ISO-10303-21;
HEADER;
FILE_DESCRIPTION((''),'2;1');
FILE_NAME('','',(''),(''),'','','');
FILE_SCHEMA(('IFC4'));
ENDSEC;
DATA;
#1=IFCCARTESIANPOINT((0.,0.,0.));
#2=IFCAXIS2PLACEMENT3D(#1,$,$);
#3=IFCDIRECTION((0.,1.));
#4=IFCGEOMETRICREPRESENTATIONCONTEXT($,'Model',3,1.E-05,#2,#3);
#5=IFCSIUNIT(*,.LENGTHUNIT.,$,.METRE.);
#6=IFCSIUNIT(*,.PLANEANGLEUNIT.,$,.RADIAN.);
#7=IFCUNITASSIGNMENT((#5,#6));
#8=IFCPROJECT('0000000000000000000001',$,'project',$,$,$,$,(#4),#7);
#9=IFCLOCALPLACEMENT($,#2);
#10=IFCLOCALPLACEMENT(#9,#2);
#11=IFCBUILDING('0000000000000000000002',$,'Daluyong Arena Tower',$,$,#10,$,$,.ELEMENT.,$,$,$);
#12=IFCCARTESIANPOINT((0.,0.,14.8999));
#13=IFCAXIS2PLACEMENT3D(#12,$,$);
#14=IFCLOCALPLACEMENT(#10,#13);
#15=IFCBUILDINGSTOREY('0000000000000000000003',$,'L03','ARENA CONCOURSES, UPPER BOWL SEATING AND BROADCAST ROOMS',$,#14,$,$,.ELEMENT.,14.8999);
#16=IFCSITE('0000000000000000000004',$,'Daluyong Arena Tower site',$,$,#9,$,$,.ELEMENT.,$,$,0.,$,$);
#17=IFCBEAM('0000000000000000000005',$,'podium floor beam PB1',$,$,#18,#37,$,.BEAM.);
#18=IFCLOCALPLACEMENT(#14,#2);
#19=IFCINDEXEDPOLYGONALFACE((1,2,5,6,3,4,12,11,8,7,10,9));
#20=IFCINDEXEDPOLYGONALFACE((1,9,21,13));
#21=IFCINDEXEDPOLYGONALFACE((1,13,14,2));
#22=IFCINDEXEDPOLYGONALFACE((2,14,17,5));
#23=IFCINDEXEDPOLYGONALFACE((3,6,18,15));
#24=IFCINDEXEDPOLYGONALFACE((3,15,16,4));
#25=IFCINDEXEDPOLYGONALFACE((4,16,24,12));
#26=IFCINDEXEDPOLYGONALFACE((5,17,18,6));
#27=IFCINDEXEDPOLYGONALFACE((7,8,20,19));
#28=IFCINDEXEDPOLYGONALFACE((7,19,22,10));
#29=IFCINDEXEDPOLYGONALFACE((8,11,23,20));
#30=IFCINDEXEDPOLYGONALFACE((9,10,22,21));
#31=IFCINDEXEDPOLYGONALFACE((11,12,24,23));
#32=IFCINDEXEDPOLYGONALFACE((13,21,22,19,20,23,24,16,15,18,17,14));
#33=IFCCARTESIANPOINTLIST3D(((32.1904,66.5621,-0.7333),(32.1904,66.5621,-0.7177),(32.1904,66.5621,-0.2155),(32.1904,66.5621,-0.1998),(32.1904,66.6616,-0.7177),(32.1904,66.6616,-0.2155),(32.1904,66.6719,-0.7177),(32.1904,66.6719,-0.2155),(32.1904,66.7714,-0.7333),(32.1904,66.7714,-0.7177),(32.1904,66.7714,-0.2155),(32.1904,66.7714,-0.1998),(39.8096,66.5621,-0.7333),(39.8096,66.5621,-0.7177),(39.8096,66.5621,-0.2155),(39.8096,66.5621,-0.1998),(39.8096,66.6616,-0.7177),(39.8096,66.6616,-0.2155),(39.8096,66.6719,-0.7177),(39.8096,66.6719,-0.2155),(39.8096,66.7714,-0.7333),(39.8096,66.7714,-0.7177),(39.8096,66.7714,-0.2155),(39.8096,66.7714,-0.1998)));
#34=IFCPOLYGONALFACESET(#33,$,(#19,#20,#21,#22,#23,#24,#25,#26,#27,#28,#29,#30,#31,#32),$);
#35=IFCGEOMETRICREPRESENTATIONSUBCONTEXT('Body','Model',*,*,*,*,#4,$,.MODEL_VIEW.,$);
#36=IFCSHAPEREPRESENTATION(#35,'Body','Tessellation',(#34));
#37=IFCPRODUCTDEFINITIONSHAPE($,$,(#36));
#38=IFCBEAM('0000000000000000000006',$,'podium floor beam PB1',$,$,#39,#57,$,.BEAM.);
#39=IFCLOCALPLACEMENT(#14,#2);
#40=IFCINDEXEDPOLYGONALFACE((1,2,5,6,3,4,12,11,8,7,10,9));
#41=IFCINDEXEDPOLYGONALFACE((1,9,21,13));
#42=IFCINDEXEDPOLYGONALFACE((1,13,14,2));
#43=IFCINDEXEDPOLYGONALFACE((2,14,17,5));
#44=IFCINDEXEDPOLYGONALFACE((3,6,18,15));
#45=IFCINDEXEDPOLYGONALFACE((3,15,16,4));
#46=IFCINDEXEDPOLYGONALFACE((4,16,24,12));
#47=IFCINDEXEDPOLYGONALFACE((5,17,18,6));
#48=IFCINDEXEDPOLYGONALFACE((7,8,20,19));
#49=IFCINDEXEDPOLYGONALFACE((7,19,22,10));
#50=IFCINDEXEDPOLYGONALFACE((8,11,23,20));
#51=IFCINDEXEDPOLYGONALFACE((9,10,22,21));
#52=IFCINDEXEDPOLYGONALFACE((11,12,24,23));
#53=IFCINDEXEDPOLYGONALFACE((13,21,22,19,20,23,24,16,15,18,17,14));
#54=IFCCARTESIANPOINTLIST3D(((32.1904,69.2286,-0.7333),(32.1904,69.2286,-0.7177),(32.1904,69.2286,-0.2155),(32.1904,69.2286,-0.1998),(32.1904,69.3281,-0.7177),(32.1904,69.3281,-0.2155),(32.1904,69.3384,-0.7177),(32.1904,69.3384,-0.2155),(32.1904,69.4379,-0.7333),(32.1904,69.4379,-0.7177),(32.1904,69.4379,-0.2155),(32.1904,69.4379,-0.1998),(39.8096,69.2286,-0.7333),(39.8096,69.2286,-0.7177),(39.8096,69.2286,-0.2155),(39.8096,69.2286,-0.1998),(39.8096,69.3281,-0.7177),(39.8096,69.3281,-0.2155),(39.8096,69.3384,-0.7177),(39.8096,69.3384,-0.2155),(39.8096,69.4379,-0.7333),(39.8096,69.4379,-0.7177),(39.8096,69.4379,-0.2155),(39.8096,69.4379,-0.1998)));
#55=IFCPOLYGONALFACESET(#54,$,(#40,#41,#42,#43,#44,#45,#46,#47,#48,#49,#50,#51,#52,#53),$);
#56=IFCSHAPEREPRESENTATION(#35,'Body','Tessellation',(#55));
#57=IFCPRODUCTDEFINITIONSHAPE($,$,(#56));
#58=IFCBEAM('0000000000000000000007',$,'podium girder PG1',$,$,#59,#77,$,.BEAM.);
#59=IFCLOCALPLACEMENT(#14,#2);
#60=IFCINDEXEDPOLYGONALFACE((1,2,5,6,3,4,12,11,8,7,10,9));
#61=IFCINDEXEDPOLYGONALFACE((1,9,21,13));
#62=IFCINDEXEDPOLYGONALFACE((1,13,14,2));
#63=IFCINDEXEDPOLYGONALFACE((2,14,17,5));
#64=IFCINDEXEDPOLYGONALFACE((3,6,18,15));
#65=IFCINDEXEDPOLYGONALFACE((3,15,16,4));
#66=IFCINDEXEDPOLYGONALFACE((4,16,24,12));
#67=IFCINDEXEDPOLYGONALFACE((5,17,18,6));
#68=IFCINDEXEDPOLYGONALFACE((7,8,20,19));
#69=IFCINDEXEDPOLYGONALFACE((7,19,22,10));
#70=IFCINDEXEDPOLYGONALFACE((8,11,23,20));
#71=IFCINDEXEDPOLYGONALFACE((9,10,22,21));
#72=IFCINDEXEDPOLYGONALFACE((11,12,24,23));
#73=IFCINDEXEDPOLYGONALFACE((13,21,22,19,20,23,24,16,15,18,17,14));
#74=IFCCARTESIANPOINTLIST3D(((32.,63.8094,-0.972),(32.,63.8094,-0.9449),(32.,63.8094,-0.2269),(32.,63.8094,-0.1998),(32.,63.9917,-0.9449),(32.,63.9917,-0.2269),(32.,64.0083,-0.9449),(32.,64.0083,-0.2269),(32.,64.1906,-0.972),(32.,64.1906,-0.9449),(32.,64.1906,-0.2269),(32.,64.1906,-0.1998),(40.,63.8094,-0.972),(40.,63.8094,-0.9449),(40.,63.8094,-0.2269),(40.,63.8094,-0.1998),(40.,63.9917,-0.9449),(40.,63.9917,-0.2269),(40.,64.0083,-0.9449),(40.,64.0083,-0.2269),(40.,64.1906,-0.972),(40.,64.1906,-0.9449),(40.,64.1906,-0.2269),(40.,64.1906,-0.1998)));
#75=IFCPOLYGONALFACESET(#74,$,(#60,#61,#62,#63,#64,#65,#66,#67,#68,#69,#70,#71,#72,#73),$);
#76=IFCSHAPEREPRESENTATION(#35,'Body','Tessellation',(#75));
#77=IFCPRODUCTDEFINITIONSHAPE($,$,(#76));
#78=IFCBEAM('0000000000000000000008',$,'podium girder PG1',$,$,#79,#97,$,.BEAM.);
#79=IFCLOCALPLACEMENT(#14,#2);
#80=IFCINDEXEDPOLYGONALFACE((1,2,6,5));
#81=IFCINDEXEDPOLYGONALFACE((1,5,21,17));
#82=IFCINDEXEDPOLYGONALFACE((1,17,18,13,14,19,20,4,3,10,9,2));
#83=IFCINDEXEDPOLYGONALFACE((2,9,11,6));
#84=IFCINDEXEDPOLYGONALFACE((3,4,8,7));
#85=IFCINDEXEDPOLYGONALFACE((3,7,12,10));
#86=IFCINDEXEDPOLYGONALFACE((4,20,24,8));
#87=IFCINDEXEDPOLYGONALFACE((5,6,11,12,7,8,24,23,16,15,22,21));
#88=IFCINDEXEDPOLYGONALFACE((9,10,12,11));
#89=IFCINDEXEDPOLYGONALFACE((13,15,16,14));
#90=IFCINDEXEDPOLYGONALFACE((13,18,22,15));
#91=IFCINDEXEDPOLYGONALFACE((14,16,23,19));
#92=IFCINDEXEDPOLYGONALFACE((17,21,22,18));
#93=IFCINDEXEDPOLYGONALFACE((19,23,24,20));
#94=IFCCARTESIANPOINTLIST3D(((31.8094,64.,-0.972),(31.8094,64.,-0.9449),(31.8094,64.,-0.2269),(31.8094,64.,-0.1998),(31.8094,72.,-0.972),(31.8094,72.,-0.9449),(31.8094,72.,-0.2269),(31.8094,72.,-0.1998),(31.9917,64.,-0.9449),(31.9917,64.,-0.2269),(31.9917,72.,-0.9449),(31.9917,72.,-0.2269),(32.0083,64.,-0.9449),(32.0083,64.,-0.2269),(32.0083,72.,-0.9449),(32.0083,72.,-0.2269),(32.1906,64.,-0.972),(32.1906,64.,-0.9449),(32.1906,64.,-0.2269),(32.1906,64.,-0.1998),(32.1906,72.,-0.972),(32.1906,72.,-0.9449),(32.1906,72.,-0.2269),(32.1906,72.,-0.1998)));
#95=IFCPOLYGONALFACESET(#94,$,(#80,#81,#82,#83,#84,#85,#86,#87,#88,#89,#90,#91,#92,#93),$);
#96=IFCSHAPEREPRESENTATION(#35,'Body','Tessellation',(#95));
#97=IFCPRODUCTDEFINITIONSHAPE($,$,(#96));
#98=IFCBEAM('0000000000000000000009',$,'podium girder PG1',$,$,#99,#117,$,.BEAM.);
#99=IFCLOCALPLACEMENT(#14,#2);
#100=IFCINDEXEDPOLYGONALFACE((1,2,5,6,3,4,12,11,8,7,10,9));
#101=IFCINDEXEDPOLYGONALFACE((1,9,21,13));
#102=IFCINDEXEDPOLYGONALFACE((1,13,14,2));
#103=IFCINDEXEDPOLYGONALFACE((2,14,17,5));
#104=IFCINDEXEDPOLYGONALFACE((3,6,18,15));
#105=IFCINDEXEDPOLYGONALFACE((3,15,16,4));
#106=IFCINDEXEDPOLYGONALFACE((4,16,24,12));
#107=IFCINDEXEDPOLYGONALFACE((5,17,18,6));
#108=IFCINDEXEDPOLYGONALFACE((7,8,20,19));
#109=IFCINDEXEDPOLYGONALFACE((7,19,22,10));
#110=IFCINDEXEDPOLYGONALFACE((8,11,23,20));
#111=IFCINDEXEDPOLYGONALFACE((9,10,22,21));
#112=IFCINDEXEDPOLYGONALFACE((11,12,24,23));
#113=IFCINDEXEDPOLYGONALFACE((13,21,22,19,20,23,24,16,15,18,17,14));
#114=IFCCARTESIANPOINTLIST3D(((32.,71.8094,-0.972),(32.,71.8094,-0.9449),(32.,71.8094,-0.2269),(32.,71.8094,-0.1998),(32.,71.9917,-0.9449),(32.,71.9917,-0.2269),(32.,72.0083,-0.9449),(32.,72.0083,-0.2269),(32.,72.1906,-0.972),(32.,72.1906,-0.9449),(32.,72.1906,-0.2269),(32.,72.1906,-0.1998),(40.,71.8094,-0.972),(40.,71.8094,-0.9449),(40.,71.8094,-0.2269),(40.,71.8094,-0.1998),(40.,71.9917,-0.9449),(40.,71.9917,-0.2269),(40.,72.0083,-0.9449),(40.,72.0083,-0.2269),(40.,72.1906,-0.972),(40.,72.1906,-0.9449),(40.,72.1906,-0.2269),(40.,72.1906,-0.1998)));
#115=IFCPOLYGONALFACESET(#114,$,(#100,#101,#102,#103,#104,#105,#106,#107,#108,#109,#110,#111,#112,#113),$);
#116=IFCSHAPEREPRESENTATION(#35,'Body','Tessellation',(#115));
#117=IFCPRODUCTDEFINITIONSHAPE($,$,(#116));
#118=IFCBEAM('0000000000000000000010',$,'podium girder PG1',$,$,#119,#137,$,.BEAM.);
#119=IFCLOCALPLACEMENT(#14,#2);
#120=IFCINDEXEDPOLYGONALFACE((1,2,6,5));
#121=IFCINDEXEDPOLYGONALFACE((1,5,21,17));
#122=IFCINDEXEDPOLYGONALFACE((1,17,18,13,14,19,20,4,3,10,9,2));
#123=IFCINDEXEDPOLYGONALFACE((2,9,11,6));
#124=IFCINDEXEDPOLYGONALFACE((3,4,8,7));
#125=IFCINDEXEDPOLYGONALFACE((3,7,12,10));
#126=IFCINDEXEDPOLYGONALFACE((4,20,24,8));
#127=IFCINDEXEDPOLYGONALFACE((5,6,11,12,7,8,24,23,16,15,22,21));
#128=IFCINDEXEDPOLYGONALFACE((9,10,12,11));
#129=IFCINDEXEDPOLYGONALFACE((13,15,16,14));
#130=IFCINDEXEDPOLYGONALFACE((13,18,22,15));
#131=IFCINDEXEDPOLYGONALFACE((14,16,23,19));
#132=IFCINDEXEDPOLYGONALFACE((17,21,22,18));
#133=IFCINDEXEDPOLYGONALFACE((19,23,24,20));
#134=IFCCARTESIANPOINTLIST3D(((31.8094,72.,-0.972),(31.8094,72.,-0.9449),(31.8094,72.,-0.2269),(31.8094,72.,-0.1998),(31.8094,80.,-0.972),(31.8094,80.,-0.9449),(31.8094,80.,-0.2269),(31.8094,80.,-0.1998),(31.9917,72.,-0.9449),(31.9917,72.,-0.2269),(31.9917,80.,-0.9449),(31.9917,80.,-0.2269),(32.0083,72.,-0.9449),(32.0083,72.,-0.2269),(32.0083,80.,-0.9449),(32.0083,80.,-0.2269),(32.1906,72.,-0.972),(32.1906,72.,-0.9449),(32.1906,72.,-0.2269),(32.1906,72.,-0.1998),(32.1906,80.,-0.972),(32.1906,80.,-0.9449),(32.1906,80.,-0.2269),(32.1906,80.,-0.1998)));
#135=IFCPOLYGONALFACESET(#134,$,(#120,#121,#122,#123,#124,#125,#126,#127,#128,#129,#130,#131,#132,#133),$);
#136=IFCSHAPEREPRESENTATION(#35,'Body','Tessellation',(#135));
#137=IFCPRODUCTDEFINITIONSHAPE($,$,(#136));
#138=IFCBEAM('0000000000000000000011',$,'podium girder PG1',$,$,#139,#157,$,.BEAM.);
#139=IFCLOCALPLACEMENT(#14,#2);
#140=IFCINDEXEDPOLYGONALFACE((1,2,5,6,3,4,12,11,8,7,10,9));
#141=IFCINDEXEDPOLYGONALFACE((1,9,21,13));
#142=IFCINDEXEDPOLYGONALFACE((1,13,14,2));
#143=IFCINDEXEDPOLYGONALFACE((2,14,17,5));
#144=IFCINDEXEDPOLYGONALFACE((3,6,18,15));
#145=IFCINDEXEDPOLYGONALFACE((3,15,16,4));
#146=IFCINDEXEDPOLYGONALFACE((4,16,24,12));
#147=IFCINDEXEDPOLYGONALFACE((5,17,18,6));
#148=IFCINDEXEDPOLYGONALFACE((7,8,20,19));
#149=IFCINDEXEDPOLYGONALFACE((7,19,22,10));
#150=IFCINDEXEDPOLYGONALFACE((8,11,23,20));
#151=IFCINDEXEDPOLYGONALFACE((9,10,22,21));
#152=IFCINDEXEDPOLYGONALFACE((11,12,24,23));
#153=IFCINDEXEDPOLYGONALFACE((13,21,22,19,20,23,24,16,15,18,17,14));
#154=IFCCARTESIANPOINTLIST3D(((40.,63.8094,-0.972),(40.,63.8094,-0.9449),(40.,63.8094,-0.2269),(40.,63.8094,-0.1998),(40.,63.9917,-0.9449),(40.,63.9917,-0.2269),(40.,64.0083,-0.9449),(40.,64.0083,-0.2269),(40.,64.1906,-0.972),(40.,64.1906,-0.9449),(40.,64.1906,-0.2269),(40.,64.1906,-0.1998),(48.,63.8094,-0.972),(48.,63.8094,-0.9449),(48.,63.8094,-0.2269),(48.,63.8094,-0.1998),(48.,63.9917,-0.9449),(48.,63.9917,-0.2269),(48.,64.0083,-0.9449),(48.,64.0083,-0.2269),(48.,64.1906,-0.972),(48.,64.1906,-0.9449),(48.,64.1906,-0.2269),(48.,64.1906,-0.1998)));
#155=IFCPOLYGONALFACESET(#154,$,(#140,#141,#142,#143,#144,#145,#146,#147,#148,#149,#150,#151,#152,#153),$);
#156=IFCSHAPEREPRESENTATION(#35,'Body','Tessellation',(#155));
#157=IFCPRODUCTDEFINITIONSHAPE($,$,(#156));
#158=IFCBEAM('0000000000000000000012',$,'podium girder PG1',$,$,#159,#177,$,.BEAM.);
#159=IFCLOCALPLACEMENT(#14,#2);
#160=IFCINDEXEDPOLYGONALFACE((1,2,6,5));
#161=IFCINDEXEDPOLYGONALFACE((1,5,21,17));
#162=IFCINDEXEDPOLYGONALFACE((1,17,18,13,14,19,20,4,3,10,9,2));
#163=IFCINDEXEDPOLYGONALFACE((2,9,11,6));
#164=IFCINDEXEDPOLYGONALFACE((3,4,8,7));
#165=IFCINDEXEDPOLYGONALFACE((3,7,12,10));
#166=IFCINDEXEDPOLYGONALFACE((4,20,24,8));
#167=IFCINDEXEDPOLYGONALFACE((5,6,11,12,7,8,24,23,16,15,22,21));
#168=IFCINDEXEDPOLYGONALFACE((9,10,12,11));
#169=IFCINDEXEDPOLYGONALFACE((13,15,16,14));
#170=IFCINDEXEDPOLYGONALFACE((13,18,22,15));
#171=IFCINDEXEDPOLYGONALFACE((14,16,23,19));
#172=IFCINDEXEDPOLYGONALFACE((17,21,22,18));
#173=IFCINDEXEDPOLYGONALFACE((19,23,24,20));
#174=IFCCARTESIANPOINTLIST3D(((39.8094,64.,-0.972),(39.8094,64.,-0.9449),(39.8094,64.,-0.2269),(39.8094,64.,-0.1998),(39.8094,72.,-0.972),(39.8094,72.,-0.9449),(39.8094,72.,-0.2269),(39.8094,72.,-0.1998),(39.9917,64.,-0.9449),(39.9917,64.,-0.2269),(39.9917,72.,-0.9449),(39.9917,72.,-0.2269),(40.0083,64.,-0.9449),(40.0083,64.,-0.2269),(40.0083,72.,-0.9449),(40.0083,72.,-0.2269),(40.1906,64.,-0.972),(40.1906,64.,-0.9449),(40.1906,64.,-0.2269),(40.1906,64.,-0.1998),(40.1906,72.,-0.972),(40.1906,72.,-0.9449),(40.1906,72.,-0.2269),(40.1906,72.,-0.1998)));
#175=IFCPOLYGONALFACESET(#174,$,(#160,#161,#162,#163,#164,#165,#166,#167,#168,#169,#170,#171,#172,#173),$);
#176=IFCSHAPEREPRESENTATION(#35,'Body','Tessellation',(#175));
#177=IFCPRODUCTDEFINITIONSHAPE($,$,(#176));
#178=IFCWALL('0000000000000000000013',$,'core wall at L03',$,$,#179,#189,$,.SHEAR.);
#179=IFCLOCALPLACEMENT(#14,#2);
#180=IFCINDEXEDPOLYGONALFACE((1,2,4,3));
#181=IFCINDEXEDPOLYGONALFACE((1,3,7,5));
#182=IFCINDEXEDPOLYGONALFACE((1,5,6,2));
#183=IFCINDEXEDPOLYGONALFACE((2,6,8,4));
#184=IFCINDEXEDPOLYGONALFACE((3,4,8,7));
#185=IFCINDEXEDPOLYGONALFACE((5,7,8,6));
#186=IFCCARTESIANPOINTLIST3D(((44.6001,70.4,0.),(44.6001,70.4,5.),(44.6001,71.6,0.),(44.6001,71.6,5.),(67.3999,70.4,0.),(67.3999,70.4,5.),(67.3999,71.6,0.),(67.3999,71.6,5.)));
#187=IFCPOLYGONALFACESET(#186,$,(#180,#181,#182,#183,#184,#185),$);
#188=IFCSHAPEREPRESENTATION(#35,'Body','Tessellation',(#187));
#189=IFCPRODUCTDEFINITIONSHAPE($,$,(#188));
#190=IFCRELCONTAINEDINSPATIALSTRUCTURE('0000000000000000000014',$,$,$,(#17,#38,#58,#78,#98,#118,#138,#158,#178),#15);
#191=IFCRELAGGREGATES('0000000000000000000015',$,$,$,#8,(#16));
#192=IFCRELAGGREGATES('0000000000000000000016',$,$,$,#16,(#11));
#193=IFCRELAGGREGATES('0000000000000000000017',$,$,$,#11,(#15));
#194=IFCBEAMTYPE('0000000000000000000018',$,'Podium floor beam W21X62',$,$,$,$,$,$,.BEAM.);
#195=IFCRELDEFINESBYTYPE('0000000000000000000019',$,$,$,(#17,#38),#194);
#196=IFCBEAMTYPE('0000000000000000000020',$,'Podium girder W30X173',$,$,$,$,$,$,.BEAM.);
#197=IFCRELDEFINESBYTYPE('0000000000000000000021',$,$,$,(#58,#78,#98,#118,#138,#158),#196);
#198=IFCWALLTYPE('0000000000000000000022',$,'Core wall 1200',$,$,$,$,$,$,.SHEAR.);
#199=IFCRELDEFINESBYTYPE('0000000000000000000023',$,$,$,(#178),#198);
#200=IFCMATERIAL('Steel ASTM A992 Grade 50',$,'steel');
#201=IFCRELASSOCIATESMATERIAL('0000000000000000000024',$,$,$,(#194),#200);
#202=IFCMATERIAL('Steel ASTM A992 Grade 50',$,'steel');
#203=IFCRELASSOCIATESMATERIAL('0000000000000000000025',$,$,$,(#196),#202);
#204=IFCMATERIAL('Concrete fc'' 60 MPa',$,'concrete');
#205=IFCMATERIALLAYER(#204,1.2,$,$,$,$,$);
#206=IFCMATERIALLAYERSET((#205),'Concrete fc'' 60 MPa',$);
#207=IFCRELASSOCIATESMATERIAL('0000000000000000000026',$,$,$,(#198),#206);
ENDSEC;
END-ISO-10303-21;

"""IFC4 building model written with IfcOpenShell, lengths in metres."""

from ifc_helpers import new_model, si_unit, direction, frame, frame_2d, origin, origin_2d, place, context, subcontext, project, spatial, rectangle, i_section, extrude, material, layer, layer_set, material_profile, profile_set, type_object, element, save


model = new_model("IFC4")

# Units and contexts
model_context = context("Model", 3, precision=1e-05, world=origin(), true_north=direction((0.0, 1.0)))
body_context = subcontext(model_context, "Body", "Model", "MODEL_VIEW")
ifc_project = project(units=[si_unit("LENGTHUNIT", "METRE"), si_unit("PLANEANGLEUNIT", "RADIAN")], contexts=[model_context])

# Site, building, storey
site_placement = place(None, origin())
site = spatial("IfcSite", under=ifc_project, at=site_placement, Name="Daluyong Arena Tower site", CompositionType="ELEMENT", RefElevation=0.0)
building_placement = place(site_placement, origin())
building = spatial("IfcBuilding", under=site, at=building_placement, Name="Daluyong Arena Tower", CompositionType="ELEMENT")
storey_placement = place(building_placement, frame((0.0, 0.0, 14.8999)))
storey = spatial("IfcBuildingStorey", under=building, at=storey_placement, Name="L03", Description="ARENA CONCOURSES, UPPER BOWL SEATING AND BROADCAST ROOMS", CompositionType="ELEMENT", Elevation=14.8999)

# Beams
ifc_material_1 = material(Name="Steel ASTM A992 Grade 50", Category="steel")
ifc_material_profile_1 = material_profile(ifc_material_1, i_section(OverallWidth=0.2092, OverallDepth=0.5334, WebThickness=0.0103, FlangeThickness=0.0156, at=origin_2d()))
ifc_profile_set_1 = profile_set([ifc_material_profile_1], Name="Steel ASTM A992 Grade 50")
beam_type_1 = type_object("IfcBeamType", Name="Podium floor beam W21X62", PredefinedType="BEAM", material=ifc_profile_set_1)
for number, where, z_axis, x_axis, name in (
    (1, (32.1904, 66.6667, -0.4666), (1.0, 0.0, 0.0), (0.0, 1.0, 0.0), "podium floor beam PB1"),
    (2, (32.1904, 69.3333, -0.4666), (1.0, 0.0, 0.0), (0.0, 1.0, 0.0), "podium floor beam PB1"),
):
    element("IfcBeam", number, at=place(storey_placement, frame(where, z_axis=z_axis, x_axis=x_axis)), inside=storey, type_object=beam_type_1, Name=name, PredefinedType="BEAM", context=body_context, shape_type="SweptSolid", body=[
        extrude(i_section(OverallWidth=0.2092, OverallDepth=0.5334, WebThickness=0.0103, FlangeThickness=0.0156, at=origin_2d()), origin(), (0.0, 0.0, 1.0), 7.6191),
    ])
ifc_material_2 = material(Name="Steel ASTM A992 Grade 50", Category="steel")
ifc_material_profile_2 = material_profile(ifc_material_2, i_section(OverallWidth=0.3811, OverallDepth=0.7722, WebThickness=0.0166, FlangeThickness=0.0271, at=origin_2d()))
ifc_profile_set_2 = profile_set([ifc_material_profile_2], Name="Steel ASTM A992 Grade 50")
beam_type_2 = type_object("IfcBeamType", Name="Podium girder W30X173", PredefinedType="BEAM", material=ifc_profile_set_2)
for number, where, z_axis, x_axis, name in (
    (3, (32.0, 64.0, -0.5859), (1.0, 0.0, 0.0), (0.0, 1.0, 0.0), "podium girder PG1"),
    (4, (32.0, 64.0, -0.5859), (0.0, 1.0, 0.0), (-1.0, 0.0, 0.0), "podium girder PG1"),
    (5, (32.0, 72.0, -0.5859), (1.0, 0.0, 0.0), (0.0, 1.0, 0.0), "podium girder PG1"),
    (6, (32.0, 72.0, -0.5859), (0.0, 1.0, 0.0), (-1.0, 0.0, 0.0), "podium girder PG1"),
    (7, (40.0, 64.0, -0.5859), (1.0, 0.0, 0.0), (0.0, 1.0, 0.0), "podium girder PG1"),
    (8, (40.0, 64.0, -0.5859), (0.0, 1.0, 0.0), (-1.0, 0.0, 0.0), "podium girder PG1"),
):
    element("IfcBeam", number, at=place(storey_placement, frame(where, z_axis=z_axis, x_axis=x_axis)), inside=storey, type_object=beam_type_2, Name=name, PredefinedType="BEAM", context=body_context, shape_type="SweptSolid", body=[
        extrude(i_section(OverallWidth=0.3811, OverallDepth=0.7722, WebThickness=0.0166, FlangeThickness=0.0271, at=origin_2d()), origin(), (0.0, 0.0, 1.0), 8.0),
    ])

# Shared definitions
ifc_material_3 = material(Name="Concrete fc' 60 MPa", Category="concrete")
ifc_layer = layer(ifc_material_3, 1.2)
ifc_layer_set = layer_set([ifc_layer], Name="Concrete fc' 60 MPa")
wall_type = type_object("IfcWallType", Name="Core wall 1200", PredefinedType="SHEAR", material=ifc_layer_set)

# Wall
wall_1_placement = place(storey_placement, frame((44.6001, 71.0, 0.0), z_axis=(0.0, 0.0, 1.0), x_axis=(1.0, 0.0, 0.0)))
element("IfcWall", 9, at=wall_1_placement, inside=storey, type_object=wall_type, Name="core wall at L03", PredefinedType="SHEAR", context=body_context, shape_type="SweptSolid", body=[
    extrude(rectangle(XDim=22.7998, YDim=1.2, at=frame_2d((11.3999, 0.0))), origin(), (0.0, 0.0, 1.0), 5.0),
])

save(model, "model.ifc")
